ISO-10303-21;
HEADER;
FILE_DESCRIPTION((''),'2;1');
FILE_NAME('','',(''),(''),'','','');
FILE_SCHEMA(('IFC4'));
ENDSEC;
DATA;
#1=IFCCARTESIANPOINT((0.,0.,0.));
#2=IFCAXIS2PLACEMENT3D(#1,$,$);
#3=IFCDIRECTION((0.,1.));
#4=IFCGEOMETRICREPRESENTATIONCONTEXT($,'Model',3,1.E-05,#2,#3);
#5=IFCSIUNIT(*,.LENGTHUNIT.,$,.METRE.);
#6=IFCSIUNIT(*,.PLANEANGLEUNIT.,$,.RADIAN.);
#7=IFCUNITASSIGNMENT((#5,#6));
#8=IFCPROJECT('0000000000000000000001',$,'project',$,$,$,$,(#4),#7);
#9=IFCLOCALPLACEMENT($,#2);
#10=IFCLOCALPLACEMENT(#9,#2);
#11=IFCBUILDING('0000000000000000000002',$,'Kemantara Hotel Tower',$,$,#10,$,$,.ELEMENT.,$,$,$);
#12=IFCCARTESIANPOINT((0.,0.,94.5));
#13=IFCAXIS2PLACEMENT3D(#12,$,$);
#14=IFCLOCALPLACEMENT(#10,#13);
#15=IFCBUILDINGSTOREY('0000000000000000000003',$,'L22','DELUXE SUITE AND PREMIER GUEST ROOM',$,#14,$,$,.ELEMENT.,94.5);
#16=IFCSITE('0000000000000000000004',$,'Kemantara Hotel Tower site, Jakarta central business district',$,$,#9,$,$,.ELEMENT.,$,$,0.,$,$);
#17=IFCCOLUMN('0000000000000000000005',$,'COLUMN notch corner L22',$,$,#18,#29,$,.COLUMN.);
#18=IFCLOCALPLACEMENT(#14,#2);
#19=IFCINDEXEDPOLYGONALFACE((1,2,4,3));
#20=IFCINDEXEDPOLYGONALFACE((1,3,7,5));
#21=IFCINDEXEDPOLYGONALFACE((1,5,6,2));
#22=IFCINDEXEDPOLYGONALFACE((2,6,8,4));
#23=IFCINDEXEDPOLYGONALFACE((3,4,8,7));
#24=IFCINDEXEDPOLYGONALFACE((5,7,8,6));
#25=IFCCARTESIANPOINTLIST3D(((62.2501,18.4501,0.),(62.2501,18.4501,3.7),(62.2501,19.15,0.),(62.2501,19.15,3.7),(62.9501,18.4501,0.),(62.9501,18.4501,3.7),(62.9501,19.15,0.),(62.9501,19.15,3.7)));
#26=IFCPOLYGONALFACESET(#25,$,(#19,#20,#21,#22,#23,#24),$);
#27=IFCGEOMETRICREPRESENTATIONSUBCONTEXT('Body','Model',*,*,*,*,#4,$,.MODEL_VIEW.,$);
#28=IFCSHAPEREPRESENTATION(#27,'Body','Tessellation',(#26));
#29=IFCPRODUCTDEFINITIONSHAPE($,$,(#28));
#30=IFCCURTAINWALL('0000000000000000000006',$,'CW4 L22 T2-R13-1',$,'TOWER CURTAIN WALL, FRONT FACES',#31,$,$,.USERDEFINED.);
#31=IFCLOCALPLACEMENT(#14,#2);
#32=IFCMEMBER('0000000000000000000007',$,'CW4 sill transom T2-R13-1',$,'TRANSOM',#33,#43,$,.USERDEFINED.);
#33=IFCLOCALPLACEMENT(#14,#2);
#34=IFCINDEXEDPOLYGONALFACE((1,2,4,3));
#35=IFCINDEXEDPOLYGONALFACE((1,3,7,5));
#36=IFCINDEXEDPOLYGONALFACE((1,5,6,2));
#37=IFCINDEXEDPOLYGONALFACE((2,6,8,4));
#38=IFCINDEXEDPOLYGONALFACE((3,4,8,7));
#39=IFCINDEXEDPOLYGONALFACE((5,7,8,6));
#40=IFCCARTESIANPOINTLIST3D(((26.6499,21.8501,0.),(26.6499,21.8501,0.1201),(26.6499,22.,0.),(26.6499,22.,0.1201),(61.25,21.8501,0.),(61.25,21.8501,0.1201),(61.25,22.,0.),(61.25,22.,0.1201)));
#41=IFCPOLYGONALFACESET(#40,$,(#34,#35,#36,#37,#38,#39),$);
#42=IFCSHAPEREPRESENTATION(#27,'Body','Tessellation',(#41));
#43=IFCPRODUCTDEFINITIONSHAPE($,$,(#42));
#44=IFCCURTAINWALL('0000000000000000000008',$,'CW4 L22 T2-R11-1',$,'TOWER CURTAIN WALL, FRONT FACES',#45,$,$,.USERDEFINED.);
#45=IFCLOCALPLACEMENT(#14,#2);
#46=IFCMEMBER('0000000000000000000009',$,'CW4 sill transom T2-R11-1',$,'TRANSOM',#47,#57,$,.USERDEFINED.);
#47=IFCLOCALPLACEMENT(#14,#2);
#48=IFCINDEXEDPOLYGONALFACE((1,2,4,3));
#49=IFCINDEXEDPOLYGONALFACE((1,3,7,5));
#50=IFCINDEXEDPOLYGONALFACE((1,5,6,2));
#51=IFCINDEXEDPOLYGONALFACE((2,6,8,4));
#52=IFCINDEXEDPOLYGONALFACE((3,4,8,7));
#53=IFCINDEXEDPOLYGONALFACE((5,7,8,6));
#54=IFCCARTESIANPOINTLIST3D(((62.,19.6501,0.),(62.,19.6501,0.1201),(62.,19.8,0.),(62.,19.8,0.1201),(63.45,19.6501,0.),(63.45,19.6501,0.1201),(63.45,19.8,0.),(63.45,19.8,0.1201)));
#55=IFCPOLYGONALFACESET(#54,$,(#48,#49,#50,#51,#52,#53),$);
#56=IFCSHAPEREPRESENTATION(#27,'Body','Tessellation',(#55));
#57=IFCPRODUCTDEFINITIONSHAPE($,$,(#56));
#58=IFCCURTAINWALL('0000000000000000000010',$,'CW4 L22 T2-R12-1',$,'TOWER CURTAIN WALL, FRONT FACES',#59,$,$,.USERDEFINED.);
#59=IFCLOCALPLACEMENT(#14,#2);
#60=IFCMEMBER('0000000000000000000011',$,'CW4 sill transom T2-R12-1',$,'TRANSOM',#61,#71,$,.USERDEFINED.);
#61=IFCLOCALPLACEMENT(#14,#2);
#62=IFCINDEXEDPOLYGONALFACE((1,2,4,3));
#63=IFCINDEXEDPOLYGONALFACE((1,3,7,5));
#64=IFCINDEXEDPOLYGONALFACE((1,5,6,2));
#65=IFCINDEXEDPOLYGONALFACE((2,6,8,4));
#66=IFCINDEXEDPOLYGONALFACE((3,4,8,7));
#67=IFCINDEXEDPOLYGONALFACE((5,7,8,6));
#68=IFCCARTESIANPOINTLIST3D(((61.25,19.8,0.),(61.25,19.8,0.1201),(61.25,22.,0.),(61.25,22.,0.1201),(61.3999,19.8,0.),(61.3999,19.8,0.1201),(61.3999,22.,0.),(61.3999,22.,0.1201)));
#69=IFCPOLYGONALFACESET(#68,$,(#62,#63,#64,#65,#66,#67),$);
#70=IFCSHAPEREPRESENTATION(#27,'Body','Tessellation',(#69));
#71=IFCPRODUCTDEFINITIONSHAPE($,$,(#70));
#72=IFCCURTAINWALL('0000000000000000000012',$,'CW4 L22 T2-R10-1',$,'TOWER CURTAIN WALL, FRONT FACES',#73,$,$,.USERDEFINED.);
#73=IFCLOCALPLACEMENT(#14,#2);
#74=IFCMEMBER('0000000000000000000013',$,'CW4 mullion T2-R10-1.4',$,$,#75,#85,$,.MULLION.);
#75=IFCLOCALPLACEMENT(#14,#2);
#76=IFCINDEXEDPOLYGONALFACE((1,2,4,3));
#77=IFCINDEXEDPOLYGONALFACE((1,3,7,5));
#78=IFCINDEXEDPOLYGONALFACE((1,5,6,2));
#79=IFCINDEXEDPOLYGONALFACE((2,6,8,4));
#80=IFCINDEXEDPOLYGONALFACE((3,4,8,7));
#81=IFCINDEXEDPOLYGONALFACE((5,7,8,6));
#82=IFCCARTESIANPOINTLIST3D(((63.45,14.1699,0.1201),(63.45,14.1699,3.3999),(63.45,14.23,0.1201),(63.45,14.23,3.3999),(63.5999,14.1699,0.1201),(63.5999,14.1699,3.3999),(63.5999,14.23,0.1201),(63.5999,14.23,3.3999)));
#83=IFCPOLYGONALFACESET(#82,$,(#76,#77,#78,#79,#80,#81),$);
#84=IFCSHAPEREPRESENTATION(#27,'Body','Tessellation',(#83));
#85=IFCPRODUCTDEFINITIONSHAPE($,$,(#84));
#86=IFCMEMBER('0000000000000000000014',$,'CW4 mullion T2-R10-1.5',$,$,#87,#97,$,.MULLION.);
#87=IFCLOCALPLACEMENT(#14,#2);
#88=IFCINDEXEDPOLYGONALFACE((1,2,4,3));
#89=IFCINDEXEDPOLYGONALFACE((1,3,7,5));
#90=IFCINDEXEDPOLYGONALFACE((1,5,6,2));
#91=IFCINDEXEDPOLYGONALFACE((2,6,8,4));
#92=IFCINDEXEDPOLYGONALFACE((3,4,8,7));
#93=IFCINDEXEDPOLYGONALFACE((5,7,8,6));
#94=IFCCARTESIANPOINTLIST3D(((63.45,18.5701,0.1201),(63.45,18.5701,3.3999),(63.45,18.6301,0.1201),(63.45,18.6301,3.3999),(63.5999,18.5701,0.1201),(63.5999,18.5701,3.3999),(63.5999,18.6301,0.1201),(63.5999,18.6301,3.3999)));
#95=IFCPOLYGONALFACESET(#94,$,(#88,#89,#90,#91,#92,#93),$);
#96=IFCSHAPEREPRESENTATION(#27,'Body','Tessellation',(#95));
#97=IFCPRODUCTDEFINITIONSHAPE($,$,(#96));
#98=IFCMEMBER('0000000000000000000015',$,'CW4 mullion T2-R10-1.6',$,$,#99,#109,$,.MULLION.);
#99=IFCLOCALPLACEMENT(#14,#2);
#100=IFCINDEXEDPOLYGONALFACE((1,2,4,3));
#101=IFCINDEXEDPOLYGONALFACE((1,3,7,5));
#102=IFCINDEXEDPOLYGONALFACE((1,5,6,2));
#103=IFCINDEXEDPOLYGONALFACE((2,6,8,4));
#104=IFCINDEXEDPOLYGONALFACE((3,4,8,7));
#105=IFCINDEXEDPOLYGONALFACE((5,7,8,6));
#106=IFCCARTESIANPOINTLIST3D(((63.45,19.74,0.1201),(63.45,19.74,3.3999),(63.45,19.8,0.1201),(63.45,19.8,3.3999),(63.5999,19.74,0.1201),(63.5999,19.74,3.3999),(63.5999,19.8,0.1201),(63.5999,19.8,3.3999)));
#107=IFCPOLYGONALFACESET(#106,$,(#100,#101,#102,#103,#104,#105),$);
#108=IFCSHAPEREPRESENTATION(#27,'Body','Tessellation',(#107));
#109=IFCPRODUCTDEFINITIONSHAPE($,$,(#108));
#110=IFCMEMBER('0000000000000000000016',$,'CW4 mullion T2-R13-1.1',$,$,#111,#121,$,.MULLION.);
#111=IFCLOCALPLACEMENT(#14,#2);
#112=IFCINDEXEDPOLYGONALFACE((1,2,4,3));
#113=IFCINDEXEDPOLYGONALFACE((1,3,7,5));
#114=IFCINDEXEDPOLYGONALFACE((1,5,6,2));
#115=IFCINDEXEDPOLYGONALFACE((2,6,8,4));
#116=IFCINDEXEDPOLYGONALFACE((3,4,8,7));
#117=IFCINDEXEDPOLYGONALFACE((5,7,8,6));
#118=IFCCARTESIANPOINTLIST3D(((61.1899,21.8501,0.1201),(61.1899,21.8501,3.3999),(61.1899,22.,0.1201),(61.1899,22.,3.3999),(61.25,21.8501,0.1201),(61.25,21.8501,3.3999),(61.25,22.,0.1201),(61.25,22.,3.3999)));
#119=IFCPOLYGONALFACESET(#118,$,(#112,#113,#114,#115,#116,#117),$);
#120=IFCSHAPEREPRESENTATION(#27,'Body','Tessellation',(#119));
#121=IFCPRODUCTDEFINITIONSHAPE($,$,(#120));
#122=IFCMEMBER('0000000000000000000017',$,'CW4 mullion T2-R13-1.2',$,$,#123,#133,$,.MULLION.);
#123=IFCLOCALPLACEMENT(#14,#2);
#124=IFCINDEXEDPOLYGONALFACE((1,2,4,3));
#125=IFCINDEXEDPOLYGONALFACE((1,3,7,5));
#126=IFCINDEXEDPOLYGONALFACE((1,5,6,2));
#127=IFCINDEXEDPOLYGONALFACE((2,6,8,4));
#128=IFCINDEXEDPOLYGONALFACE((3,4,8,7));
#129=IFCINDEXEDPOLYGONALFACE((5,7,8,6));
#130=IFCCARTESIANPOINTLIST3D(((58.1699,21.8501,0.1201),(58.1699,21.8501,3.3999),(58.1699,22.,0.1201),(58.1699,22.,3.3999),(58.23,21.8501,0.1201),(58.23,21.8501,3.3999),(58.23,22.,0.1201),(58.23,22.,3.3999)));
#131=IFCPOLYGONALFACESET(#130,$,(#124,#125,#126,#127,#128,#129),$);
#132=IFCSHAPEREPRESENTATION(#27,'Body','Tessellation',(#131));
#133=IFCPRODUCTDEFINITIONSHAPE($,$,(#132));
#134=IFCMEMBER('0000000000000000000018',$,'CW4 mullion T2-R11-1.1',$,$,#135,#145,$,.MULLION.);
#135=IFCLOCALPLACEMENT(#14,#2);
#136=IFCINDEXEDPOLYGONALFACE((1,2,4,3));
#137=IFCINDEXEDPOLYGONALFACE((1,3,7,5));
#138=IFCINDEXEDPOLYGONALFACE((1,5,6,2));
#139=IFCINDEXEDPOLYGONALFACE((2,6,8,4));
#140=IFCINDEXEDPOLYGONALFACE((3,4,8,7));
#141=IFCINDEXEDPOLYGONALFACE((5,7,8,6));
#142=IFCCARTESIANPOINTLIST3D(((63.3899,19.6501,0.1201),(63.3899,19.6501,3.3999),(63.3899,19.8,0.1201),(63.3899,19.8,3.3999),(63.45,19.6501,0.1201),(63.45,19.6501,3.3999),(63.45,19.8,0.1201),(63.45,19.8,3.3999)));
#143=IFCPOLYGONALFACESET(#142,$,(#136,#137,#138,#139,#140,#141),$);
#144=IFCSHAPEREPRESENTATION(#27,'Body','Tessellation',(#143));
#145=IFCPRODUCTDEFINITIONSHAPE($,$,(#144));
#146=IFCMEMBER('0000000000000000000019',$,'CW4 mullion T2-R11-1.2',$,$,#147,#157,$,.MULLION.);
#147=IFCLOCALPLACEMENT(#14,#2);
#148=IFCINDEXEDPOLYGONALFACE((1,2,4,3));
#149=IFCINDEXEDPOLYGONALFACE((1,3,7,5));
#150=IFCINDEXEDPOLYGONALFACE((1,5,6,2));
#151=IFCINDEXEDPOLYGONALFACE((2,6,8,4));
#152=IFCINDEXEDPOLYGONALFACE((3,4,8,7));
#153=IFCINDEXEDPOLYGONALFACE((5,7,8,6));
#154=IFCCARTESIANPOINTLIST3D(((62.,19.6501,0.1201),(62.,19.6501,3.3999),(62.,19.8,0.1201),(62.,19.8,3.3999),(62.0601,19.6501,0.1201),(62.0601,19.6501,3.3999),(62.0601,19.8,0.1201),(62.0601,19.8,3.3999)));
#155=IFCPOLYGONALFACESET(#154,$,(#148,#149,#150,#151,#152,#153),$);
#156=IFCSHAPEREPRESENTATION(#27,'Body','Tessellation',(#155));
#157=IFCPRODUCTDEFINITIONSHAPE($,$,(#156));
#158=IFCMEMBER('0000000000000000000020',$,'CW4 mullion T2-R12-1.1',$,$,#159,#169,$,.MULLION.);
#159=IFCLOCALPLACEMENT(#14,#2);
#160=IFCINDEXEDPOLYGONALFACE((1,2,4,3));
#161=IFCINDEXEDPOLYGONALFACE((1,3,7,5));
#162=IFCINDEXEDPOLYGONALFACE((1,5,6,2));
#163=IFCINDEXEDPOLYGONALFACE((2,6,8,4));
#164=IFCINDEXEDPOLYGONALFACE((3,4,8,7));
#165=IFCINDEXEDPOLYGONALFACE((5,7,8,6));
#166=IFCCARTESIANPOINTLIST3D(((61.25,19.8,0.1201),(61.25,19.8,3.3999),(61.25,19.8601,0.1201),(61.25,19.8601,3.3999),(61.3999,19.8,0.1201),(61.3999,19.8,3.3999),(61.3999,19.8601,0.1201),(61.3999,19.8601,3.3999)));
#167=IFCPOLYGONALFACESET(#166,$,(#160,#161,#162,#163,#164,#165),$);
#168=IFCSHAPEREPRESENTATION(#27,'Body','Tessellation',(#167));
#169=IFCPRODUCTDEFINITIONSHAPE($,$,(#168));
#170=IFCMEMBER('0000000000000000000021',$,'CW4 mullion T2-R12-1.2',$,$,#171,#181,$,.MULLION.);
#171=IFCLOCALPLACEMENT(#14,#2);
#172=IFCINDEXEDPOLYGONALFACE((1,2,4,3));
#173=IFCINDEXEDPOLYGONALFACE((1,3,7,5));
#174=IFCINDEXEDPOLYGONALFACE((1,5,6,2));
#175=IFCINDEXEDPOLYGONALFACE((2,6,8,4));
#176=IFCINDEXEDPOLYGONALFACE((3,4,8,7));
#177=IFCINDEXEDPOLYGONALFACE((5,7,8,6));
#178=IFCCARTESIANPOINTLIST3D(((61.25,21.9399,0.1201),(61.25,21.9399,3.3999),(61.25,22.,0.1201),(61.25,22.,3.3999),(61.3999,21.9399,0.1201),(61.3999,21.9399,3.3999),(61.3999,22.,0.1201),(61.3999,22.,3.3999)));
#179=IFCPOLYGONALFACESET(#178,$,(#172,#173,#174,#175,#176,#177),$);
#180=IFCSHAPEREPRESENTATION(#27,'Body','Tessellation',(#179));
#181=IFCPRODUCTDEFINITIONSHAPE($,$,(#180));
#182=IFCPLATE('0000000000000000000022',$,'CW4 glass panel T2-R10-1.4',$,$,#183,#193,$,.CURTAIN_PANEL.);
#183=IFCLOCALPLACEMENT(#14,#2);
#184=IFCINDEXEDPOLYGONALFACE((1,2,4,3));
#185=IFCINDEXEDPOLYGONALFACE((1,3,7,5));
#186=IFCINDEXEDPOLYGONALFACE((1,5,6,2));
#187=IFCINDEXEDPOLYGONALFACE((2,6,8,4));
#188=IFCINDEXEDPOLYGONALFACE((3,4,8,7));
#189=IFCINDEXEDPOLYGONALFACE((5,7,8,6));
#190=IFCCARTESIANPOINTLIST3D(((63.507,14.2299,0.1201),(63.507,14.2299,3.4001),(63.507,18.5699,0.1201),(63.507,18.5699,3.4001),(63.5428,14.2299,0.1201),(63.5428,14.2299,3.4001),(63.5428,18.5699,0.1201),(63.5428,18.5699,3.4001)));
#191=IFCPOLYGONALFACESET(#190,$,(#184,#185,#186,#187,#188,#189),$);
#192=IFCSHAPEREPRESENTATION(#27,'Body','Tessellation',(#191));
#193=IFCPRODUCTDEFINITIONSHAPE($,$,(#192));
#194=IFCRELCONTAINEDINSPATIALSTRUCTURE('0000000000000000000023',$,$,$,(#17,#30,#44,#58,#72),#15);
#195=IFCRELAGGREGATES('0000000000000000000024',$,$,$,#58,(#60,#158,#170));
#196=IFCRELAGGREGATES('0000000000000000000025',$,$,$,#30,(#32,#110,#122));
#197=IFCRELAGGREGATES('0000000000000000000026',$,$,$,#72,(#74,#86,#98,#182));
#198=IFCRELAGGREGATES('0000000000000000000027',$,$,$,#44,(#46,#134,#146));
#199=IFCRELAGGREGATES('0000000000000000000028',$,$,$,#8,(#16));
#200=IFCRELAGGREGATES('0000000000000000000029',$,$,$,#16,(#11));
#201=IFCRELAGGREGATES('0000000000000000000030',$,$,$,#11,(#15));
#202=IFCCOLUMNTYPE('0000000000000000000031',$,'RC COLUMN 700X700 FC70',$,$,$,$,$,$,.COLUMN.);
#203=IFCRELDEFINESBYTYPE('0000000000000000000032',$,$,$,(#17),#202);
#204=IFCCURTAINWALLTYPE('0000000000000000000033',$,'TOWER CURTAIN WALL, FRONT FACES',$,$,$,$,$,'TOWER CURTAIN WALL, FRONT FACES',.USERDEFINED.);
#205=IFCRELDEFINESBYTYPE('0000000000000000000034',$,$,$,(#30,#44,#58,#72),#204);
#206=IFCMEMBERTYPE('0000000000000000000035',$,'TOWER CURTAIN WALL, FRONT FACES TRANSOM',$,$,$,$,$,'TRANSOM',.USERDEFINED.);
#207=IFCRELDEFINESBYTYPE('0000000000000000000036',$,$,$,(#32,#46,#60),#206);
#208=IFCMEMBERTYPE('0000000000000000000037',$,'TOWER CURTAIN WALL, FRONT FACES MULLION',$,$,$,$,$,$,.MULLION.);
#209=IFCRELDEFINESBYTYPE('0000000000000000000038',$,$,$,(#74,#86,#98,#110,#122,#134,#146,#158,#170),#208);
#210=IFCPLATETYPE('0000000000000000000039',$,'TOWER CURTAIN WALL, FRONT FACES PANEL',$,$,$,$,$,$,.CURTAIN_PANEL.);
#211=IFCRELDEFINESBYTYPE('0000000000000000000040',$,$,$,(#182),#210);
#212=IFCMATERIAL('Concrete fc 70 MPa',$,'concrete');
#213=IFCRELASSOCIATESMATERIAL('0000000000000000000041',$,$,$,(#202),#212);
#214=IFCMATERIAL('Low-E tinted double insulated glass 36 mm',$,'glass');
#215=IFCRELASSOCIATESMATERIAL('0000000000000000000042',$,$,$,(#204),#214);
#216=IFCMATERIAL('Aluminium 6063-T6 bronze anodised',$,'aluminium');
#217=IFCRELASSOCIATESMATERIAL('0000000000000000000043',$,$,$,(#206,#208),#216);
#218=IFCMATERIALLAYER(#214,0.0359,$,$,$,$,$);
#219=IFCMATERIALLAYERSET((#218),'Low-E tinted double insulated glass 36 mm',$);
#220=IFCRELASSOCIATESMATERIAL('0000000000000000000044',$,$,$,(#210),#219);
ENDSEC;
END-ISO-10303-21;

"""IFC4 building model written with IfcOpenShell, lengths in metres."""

from ifc_helpers import new_model, si_unit, direction, frame, origin, origin_2d, place, context, subcontext, project, spatial, rectangle, extrude, source, transform, mapped, material, layer, layer_set, material_profile, profile_set, type_object, element, aggregate, save


model = new_model("IFC4")

# Units and contexts
model_context = context("Model", 3, precision=1e-05, world=origin(), true_north=direction((0.0, 1.0)))
body_context = subcontext(model_context, "Body", "Model", "MODEL_VIEW")
ifc_project = project(units=[si_unit("LENGTHUNIT", "METRE"), si_unit("PLANEANGLEUNIT", "RADIAN")], contexts=[model_context])

# Site, building, storey
site_placement = place(None, origin())
site = spatial("IfcSite", under=ifc_project, at=site_placement, Name="Kemantara Hotel Tower site, Jakarta central business district", CompositionType="ELEMENT", RefElevation=0.0)
building_placement = place(site_placement, origin())
building = spatial("IfcBuilding", under=site, at=building_placement, Name="Kemantara Hotel Tower", CompositionType="ELEMENT")
storey_placement = place(building_placement, frame((0.0, 0.0, 94.5)))
storey = spatial("IfcBuildingStorey", under=building, at=storey_placement, Name="L22", Description="DELUXE SUITE AND PREMIER GUEST ROOM", CompositionType="ELEMENT", Elevation=94.5)

# Column
ifc_material_1 = material(Name="Concrete fc 70 MPa", Category="concrete")
ifc_material_profile_1 = material_profile(ifc_material_1, rectangle(XDim=0.7, YDim=0.7, at=origin_2d()), Name="RC 700X700")
ifc_profile_set_1 = profile_set([ifc_material_profile_1], Name="Concrete fc 70 MPa")
column_type = type_object("IfcColumnType", Name="RC COLUMN 700X700 FC70", PredefinedType="COLUMN", material=ifc_profile_set_1)
column_placement = place(storey_placement, frame((62.6001, 18.8, 0.0), z_axis=(0.0, 0.0, 1.0), x_axis=(1.0, 0.0, 0.0)))
element("IfcColumn", 1, at=column_placement, inside=storey, type_object=column_type, Name="COLUMN notch corner L22", PredefinedType="COLUMN", context=body_context, shape_type="SweptSolid", body=[
    extrude(rectangle(XDim=0.7, YDim=0.7, at=origin_2d()), origin(), (0.0, 0.0, 1.0), 3.7),
])

# Curtain walls, members
ifc_material_2 = material(Name="Low-E tinted double insulated glass 36 mm", Category="glass")
curtain_wall_type = type_object("IfcCurtainWallType", Name="TOWER CURTAIN WALL, FRONT FACES", ElementType="TOWER CURTAIN WALL, FRONT FACES", PredefinedType="USERDEFINED", material=ifc_material_2)
curtain_wall_1_placement = place(storey_placement, origin())
curtain_wall_1 = element("IfcCurtainWall", 2, at=curtain_wall_1_placement, inside=storey, type_object=curtain_wall_type, Name="CW4 L22 T2-R13-1", ObjectType="TOWER CURTAIN WALL, FRONT FACES", PredefinedType="USERDEFINED")
ifc_material_3 = material(Name="Aluminium 6063-T6 bronze anodised", Category="aluminium")
ifc_material_profile_2 = material_profile(ifc_material_3, rectangle(XDim=0.1499, YDim=0.1201, at=origin_2d()), Name="TOWER CURTAIN WALL, FRONT FACES TRANSOM")
ifc_profile_set_2 = profile_set([ifc_material_profile_2], Name="Aluminium 6063-T6 bronze anodised")
member_type_1 = type_object("IfcMemberType", Name="TOWER CURTAIN WALL, FRONT FACES TRANSOM", ElementType="TRANSOM", PredefinedType="USERDEFINED", material=ifc_profile_set_2)
member_1_placement = place(storey_placement, frame((61.25, 21.925, 0.0601), z_axis=(-1.0, 0.0, 0.0), x_axis=(0.0, -1.0, 0.0)))
member_1 = element("IfcMember", 3, at=member_1_placement, type_object=member_type_1, Name="CW4 sill transom T2-R13-1", ObjectType="TRANSOM", PredefinedType="USERDEFINED", context=body_context, shape_type="SweptSolid", body=[
    extrude(rectangle(XDim=0.1499, YDim=0.1201, at=origin_2d()), origin(), (0.0, 0.0, 1.0), 34.6001),
])
curtain_wall_2_placement = place(storey_placement, origin())
curtain_wall_2 = element("IfcCurtainWall", 4, at=curtain_wall_2_placement, inside=storey, type_object=curtain_wall_type, Name="CW4 L22 T2-R11-1", ObjectType="TOWER CURTAIN WALL, FRONT FACES", PredefinedType="USERDEFINED")
member_2_placement = place(storey_placement, frame((63.45, 19.7251, 0.0601), z_axis=(-1.0, 0.0, 0.0), x_axis=(0.0, -1.0, 0.0)))
member_2 = element("IfcMember", 5, at=member_2_placement, type_object=member_type_1, Name="CW4 sill transom T2-R11-1", ObjectType="TRANSOM", PredefinedType="USERDEFINED", context=body_context, shape_type="SweptSolid", body=[
    extrude(rectangle(XDim=0.1499, YDim=0.1201, at=origin_2d()), origin(), (0.0, 0.0, 1.0), 1.45),
])
curtain_wall_3_placement = place(storey_placement, origin())
curtain_wall_3 = element("IfcCurtainWall", 6, at=curtain_wall_3_placement, inside=storey, type_object=curtain_wall_type, Name="CW4 L22 T2-R12-1", ObjectType="TOWER CURTAIN WALL, FRONT FACES", PredefinedType="USERDEFINED")
member_3_placement = place(storey_placement, frame((61.325, 19.8, 0.0601), z_axis=(0.0, 1.0, 0.0), x_axis=(-1.0, 0.0, 0.0)))
member_3 = element("IfcMember", 7, at=member_3_placement, type_object=member_type_1, Name="CW4 sill transom T2-R12-1", ObjectType="TRANSOM", PredefinedType="USERDEFINED", context=body_context, shape_type="SweptSolid", body=[
    extrude(rectangle(XDim=0.1499, YDim=0.1201, at=origin_2d()), origin(), (0.0, 0.0, 1.0), 2.2),
])

# Curtain wall, members
curtain_wall_4_placement = place(storey_placement, origin())
curtain_wall_4 = element("IfcCurtainWall", 8, at=curtain_wall_4_placement, inside=storey, type_object=curtain_wall_type, Name="CW4 L22 T2-R10-1", ObjectType="TOWER CURTAIN WALL, FRONT FACES", PredefinedType="USERDEFINED")
ifc_material_profile_3 = material_profile(ifc_material_3, rectangle(XDim=0.1499, YDim=0.0601, at=origin_2d()), Name="TOWER CURTAIN WALL, FRONT FACES MULLION")
ifc_profile_set_3 = profile_set([ifc_material_profile_3], Name="Aluminium 6063-T6 bronze anodised")
member_type_2 = type_object("IfcMemberType", Name="TOWER CURTAIN WALL, FRONT FACES MULLION", PredefinedType="MULLION", material=ifc_profile_set_3)
shared_shape_1 = source(origin(), body_context, "Body", "SweptSolid", [
    extrude(rectangle(XDim=0.1499, YDim=0.0601, at=origin_2d()), origin(), (0.0, 0.0, 1.0), 3.2798),
])
member_4_placement = place(storey_placement, frame((63.5249, 14.2, 0.1201), z_axis=(0.0, 0.0, 1.0), x_axis=(-1.0, 0.0, 0.0)))
member_4 = element("IfcMember", 9, at=member_4_placement, type_object=member_type_2, Name="CW4 mullion T2-R10-1.4", PredefinedType="MULLION", context=body_context, shape_type="MappedRepresentation", body=[
    mapped(shared_shape_1, transform((0.0, 0.0, 0.0))),
])
member_5_placement = place(storey_placement, frame((63.5249, 18.6001, 0.1201), z_axis=(0.0, 0.0, 1.0), x_axis=(-1.0, 0.0, 0.0)))
member_5 = element("IfcMember", 10, at=member_5_placement, type_object=member_type_2, Name="CW4 mullion T2-R10-1.5", PredefinedType="MULLION", context=body_context, shape_type="MappedRepresentation", body=[
    mapped(shared_shape_1, transform((0.0, 0.0, 0.0))),
])
member_6_placement = place(storey_placement, frame((63.5249, 19.77, 0.1201), z_axis=(0.0, 0.0, 1.0), x_axis=(-1.0, 0.0, 0.0)))
member_6 = element("IfcMember", 11, at=member_6_placement, type_object=member_type_2, Name="CW4 mullion T2-R10-1.6", PredefinedType="MULLION", context=body_context, shape_type="MappedRepresentation", body=[
    mapped(shared_shape_1, transform((0.0, 0.0, 0.0))),
])

# Members
member_7_placement = place(storey_placement, frame((61.22, 21.925, 0.1201), z_axis=(0.0, 0.0, 1.0), x_axis=(0.0, -1.0, 0.0)))
member_7 = element("IfcMember", 12, at=member_7_placement, type_object=member_type_2, Name="CW4 mullion T2-R13-1.1", PredefinedType="MULLION", context=body_context, shape_type="MappedRepresentation", body=[
    mapped(shared_shape_1, transform((0.0, 0.0, 0.0))),
])
member_8_placement = place(storey_placement, frame((58.2, 21.925, 0.1201), z_axis=(0.0, 0.0, 1.0), x_axis=(0.0, -1.0, 0.0)))
member_8 = element("IfcMember", 13, at=member_8_placement, type_object=member_type_2, Name="CW4 mullion T2-R13-1.2", PredefinedType="MULLION", context=body_context, shape_type="MappedRepresentation", body=[
    mapped(shared_shape_1, transform((0.0, 0.0, 0.0))),
])
member_9_placement = place(storey_placement, frame((63.4199, 19.7251, 0.1201), z_axis=(0.0, 0.0, 1.0), x_axis=(0.0, -1.0, 0.0)))
member_9 = element("IfcMember", 14, at=member_9_placement, type_object=member_type_2, Name="CW4 mullion T2-R11-1.1", PredefinedType="MULLION", context=body_context, shape_type="MappedRepresentation", body=[
    mapped(shared_shape_1, transform((0.0, 0.0, 0.0))),
])
member_10_placement = place(storey_placement, frame((62.03, 19.7251, 0.1201), z_axis=(0.0, 0.0, 1.0), x_axis=(0.0, -1.0, 0.0)))
member_10 = element("IfcMember", 15, at=member_10_placement, type_object=member_type_2, Name="CW4 mullion T2-R11-1.2", PredefinedType="MULLION", context=body_context, shape_type="MappedRepresentation", body=[
    mapped(shared_shape_1, transform((0.0, 0.0, 0.0))),
])
member_11_placement = place(storey_placement, frame((61.325, 19.8301, 0.1201), z_axis=(0.0, 0.0, 1.0), x_axis=(-1.0, 0.0, 0.0)))
member_11 = element("IfcMember", 16, at=member_11_placement, type_object=member_type_2, Name="CW4 mullion T2-R12-1.1", PredefinedType="MULLION", context=body_context, shape_type="MappedRepresentation", body=[
    mapped(shared_shape_1, transform((0.0, 0.0, 0.0))),
])
member_12_placement = place(storey_placement, frame((61.325, 21.97, 0.1201), z_axis=(0.0, 0.0, 1.0), x_axis=(-1.0, 0.0, 0.0)))
member_12 = element("IfcMember", 17, at=member_12_placement, type_object=member_type_2, Name="CW4 mullion T2-R12-1.2", PredefinedType="MULLION", context=body_context, shape_type="MappedRepresentation", body=[
    mapped(shared_shape_1, transform((0.0, 0.0, 0.0))),
])

# Plate
ifc_layer_1 = layer(ifc_material_2, 0.0359)
ifc_layer_set_1 = layer_set([ifc_layer_1], Name="Low-E tinted double insulated glass 36 mm")
plate_type = type_object("IfcPlateType", Name="TOWER CURTAIN WALL, FRONT FACES PANEL", PredefinedType="CURTAIN_PANEL", material=ifc_layer_set_1)
shared_shape_2 = source(origin(), body_context, "Body", "SweptSolid", [
    extrude(rectangle(XDim=4.3401, YDim=0.0359, at=origin_2d()), origin(), (0.0, 0.0, 1.0), 3.28),
])
plate_1_placement = place(storey_placement, frame((63.5249, 16.3999, 0.1201), z_axis=(0.0, 0.0, 1.0), x_axis=(0.0, 1.0, 0.0)))
plate_1 = element("IfcPlate", 18, at=plate_1_placement, type_object=plate_type, Name="CW4 glass panel T2-R10-1.4", PredefinedType="CURTAIN_PANEL", context=body_context, shape_type="MappedRepresentation", body=[
    mapped(shared_shape_2, transform((0.0, 0.0, 0.0))),
])
aggregate(curtain_wall_3, [member_3, member_11, member_12])
aggregate(curtain_wall_1, [member_1, member_7, member_8])
aggregate(curtain_wall_4, [member_4, member_5, member_6, plate_1])
aggregate(curtain_wall_2, [member_2, member_9, member_10])

save(model, "model.ifc")
